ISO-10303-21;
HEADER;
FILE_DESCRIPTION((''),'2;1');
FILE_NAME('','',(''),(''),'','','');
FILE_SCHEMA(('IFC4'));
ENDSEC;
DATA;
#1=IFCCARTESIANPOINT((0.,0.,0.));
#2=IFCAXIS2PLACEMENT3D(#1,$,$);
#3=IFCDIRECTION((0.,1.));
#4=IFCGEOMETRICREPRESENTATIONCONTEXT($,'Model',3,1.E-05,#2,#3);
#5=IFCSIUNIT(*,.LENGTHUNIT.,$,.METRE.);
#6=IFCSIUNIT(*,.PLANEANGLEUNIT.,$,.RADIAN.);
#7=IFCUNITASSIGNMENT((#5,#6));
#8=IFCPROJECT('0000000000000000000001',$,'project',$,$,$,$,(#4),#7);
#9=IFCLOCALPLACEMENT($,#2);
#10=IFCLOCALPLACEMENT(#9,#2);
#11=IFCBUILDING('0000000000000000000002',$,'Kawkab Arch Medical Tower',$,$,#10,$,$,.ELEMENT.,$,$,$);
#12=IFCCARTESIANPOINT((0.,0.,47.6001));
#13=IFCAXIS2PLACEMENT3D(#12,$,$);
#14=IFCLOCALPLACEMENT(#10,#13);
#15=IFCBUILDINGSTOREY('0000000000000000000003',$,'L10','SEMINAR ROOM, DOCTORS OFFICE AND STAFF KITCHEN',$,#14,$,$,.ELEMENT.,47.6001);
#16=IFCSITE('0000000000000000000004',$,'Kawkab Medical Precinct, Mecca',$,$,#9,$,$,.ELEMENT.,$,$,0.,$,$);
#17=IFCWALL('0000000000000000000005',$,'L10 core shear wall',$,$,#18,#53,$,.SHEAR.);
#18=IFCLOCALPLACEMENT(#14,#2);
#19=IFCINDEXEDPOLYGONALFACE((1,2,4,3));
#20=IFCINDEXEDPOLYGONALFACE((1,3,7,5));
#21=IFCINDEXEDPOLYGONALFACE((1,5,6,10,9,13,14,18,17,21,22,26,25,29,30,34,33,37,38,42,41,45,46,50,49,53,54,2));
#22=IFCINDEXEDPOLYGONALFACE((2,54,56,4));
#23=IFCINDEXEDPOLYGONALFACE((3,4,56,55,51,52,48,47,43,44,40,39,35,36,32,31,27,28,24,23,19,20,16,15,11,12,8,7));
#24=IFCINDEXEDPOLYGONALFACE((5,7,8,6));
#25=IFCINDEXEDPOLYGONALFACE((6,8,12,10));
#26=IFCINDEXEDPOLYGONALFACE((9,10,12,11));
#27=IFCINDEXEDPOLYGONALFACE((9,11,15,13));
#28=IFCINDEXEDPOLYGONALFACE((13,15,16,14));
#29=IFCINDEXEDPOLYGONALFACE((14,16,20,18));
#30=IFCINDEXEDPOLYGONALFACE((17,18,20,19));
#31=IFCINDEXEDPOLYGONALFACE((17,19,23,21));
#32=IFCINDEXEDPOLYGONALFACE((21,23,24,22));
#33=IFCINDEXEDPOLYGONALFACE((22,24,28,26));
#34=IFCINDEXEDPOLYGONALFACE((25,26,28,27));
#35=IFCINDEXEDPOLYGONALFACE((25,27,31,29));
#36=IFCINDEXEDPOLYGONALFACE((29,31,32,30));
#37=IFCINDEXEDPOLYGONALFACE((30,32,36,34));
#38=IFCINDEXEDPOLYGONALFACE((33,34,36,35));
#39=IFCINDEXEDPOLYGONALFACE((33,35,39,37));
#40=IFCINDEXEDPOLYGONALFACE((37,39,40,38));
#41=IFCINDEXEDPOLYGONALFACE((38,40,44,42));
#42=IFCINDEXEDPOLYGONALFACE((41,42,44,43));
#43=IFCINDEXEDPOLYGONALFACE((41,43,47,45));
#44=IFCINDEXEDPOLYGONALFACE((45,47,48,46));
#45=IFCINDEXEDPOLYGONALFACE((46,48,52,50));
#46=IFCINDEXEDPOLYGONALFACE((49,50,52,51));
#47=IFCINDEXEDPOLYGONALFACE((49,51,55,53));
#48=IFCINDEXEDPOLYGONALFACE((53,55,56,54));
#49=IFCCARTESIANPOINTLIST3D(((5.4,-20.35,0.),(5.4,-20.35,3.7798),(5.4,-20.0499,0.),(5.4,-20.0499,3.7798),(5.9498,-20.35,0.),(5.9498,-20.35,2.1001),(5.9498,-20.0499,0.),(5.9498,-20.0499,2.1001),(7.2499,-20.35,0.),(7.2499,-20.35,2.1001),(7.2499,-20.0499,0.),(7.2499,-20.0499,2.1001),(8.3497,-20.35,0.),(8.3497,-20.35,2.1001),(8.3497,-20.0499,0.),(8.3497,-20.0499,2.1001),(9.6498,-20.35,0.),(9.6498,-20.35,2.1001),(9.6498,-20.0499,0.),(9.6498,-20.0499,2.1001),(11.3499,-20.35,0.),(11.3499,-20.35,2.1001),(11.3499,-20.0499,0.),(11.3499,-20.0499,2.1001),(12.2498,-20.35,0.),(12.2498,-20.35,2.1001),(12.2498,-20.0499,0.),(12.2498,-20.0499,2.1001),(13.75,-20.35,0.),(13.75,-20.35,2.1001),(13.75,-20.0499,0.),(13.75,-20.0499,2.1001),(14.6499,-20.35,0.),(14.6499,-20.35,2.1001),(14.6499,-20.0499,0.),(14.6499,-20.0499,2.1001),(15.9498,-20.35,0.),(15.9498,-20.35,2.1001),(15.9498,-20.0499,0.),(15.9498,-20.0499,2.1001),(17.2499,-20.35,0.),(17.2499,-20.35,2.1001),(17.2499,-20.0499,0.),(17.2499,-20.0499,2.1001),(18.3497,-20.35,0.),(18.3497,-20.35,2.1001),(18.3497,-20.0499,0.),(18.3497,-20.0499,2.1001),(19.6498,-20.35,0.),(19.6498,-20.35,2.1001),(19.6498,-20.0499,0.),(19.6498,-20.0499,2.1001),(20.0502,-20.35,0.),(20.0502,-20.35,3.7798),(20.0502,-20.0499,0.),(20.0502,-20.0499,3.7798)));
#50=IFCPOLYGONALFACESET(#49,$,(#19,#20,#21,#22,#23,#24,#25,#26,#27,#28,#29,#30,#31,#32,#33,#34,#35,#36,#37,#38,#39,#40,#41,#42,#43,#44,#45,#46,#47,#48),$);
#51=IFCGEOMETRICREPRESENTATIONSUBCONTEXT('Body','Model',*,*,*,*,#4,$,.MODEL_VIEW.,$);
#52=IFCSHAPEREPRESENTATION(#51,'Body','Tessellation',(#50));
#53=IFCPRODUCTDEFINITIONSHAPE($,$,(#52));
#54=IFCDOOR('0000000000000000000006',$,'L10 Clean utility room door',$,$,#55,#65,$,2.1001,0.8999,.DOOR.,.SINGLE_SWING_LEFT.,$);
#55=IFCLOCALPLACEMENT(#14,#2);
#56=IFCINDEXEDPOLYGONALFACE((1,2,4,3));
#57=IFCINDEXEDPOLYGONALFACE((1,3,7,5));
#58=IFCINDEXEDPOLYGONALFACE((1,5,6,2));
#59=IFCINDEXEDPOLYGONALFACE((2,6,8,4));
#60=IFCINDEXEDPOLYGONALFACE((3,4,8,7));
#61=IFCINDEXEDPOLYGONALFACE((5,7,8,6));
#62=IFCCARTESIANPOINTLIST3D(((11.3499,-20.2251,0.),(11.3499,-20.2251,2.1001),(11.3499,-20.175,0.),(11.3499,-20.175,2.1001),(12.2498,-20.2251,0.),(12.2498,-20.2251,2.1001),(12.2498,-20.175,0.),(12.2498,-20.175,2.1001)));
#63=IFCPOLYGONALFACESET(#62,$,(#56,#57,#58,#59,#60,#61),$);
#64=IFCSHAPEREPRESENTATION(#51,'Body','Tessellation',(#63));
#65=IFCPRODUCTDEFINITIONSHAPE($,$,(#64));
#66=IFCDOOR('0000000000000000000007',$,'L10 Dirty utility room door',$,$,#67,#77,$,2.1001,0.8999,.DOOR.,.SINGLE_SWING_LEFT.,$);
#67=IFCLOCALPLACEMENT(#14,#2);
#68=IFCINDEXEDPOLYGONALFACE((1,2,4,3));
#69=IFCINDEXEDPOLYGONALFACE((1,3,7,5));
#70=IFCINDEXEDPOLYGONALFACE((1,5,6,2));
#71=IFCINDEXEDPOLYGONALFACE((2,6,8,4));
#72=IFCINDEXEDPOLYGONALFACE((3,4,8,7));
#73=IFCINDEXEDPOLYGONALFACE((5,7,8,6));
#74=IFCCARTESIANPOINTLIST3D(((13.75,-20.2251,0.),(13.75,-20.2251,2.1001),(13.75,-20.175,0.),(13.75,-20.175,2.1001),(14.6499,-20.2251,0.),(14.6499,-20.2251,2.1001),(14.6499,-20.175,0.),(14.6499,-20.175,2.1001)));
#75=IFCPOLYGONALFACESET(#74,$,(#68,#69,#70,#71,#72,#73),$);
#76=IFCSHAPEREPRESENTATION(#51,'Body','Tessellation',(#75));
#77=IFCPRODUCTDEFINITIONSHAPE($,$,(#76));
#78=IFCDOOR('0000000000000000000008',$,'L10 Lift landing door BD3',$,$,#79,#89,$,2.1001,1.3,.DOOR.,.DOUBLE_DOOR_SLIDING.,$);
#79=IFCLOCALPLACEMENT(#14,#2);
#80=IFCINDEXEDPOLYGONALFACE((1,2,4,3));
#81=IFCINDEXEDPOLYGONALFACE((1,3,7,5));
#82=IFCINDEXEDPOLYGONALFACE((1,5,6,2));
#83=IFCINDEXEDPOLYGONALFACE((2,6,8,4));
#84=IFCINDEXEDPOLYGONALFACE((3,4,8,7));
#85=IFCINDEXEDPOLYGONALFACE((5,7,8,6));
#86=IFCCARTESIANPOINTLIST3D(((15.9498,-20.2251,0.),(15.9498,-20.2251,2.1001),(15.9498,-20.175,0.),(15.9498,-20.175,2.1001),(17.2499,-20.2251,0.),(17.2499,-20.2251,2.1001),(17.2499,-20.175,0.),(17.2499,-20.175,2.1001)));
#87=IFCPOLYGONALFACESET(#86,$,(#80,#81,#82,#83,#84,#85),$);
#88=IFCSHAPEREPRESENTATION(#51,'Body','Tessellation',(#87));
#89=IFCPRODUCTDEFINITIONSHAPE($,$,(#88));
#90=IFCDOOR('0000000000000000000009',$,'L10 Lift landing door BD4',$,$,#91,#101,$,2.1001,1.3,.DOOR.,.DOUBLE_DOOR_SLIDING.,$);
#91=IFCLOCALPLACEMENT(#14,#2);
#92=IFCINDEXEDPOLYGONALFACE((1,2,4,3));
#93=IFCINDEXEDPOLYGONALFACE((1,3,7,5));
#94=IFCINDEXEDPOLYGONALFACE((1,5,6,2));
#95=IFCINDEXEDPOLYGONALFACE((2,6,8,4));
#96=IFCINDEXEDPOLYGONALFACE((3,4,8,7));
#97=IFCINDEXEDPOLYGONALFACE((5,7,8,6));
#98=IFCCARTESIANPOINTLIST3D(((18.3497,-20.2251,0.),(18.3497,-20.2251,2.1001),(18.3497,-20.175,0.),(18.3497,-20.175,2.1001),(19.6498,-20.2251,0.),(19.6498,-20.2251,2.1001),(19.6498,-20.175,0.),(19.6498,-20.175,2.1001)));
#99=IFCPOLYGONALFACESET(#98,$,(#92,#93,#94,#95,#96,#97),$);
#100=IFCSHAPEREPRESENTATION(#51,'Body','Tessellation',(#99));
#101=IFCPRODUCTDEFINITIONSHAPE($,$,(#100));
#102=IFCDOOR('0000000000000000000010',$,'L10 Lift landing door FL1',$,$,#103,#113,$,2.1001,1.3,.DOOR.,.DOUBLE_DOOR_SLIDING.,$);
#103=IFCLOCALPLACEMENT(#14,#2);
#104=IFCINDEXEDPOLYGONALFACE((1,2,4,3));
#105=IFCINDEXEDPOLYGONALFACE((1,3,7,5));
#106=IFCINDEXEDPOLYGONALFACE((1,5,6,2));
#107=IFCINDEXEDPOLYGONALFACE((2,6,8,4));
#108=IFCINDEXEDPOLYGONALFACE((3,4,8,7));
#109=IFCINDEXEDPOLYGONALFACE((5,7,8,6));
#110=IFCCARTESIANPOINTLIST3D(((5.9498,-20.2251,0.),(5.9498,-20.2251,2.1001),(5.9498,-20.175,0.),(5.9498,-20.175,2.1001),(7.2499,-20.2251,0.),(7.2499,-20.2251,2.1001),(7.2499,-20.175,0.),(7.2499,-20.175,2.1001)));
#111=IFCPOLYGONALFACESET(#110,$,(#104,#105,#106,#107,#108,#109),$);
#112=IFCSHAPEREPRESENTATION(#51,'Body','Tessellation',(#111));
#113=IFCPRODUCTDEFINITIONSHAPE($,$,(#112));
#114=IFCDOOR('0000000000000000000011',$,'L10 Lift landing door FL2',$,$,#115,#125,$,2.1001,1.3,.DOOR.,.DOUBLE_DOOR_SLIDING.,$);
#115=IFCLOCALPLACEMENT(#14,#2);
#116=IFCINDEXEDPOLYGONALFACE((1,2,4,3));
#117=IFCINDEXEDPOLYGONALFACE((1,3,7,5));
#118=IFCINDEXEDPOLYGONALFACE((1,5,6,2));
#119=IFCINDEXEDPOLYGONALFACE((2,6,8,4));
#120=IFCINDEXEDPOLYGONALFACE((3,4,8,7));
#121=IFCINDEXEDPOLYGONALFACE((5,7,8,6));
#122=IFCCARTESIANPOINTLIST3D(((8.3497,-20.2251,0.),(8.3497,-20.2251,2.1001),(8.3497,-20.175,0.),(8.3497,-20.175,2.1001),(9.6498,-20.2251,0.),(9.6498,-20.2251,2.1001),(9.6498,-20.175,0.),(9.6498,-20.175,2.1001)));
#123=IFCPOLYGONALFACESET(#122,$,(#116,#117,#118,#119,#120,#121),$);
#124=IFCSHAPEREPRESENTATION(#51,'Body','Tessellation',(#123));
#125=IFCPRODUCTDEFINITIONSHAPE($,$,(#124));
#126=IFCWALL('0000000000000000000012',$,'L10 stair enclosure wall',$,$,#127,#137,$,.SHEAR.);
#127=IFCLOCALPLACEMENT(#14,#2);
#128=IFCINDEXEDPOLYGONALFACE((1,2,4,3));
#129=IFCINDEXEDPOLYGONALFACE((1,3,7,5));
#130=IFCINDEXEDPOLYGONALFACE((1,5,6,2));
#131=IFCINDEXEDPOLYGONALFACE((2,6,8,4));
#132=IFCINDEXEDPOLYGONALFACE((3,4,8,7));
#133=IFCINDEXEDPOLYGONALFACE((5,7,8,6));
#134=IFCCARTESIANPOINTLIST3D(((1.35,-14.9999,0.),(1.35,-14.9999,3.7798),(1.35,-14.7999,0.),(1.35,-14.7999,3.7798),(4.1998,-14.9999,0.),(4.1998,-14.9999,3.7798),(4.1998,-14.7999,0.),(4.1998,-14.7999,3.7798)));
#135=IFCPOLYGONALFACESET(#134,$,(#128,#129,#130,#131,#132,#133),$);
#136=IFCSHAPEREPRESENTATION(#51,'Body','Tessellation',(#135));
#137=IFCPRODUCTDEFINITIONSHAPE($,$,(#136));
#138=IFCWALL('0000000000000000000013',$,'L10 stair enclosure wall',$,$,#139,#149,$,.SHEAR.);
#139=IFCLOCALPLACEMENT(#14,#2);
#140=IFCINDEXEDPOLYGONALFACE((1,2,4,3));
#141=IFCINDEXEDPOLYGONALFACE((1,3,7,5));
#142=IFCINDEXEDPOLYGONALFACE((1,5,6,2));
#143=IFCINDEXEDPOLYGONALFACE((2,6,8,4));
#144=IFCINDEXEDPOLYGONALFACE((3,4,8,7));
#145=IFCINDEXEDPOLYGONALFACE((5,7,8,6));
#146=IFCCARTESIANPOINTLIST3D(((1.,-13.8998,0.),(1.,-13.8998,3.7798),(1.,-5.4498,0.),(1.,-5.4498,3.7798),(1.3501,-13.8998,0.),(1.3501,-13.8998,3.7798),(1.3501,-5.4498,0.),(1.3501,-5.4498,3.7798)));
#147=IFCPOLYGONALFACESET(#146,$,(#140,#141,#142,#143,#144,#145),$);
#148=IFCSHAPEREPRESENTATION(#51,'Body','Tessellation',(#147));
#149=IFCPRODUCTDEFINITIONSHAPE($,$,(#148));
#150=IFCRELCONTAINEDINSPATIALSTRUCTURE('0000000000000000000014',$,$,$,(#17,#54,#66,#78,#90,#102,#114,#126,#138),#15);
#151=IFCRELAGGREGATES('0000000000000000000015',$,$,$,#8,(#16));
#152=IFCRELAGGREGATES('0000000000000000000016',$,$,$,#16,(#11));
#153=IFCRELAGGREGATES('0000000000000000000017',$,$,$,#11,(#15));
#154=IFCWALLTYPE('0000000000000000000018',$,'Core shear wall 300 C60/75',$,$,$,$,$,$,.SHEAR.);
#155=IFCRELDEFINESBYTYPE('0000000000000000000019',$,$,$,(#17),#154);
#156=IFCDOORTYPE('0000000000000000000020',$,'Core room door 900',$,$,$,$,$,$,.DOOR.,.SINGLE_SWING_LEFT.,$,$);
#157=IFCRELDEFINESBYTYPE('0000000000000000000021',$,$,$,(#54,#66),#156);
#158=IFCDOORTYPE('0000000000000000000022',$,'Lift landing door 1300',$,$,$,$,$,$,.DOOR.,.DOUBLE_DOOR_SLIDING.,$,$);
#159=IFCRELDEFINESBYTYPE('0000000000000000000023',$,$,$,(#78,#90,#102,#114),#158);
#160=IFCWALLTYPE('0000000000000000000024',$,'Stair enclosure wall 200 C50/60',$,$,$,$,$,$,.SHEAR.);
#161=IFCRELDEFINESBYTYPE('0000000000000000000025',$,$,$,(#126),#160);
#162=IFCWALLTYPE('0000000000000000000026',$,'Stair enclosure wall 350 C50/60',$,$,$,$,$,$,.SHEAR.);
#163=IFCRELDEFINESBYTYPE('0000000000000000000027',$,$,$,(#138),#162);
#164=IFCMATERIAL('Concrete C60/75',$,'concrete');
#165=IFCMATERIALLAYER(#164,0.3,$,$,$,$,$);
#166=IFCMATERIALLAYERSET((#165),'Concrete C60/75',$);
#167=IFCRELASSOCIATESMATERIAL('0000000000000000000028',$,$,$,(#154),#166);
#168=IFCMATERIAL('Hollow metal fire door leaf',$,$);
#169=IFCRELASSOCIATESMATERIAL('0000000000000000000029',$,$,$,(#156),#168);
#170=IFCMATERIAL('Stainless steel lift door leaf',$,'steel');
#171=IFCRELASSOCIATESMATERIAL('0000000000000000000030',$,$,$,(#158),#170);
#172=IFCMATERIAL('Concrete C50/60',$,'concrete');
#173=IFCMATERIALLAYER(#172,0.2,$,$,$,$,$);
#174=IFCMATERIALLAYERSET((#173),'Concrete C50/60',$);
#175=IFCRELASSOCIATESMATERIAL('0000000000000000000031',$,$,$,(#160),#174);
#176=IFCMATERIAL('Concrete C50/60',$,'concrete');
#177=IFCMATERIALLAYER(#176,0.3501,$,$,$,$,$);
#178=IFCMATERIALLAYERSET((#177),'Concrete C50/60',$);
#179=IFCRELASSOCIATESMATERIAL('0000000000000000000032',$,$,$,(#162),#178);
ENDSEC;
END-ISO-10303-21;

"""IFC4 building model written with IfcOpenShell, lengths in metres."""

from ifc_helpers import new_model, si_unit, direction, frame, frame_2d, origin, place, context, subcontext, project, spatial, rectangle, extrude, material, layer, layer_set, type_object, element, fill, save


model = new_model("IFC4")

# Units and contexts
model_context = context("Model", 3, precision=1e-05, world=origin(), true_north=direction((0.0, 1.0)))
body_context = subcontext(model_context, "Body", "Model", "MODEL_VIEW")
ifc_project = project(units=[si_unit("LENGTHUNIT", "METRE"), si_unit("PLANEANGLEUNIT", "RADIAN")], contexts=[model_context])

# Site, building, storey
site_placement = place(None, origin())
site = spatial("IfcSite", under=ifc_project, at=site_placement, Name="Kawkab Medical Precinct, Mecca", CompositionType="ELEMENT", RefElevation=0.0)
building_placement = place(site_placement, origin())
building = spatial("IfcBuilding", under=site, at=building_placement, Name="Kawkab Arch Medical Tower", CompositionType="ELEMENT")
storey_placement = place(building_placement, frame((0.0, 0.0, 47.6001)))
storey = spatial("IfcBuildingStorey", under=building, at=storey_placement, Name="L10", Description="SEMINAR ROOM, DOCTORS OFFICE AND STAFF KITCHEN", CompositionType="ELEMENT", Elevation=47.6001)

# Shared definitions
ifc_material_1 = material(Name="Concrete C60/75", Category="concrete")
ifc_layer_1 = layer(ifc_material_1, 0.3)
ifc_layer_set_1 = layer_set([ifc_layer_1], Name="Concrete C60/75")
wall_type_1 = type_object("IfcWallType", Name="Core shear wall 300 C60/75", PredefinedType="SHEAR", material=ifc_layer_set_1)

# Wall, openings, doors
wall_1_placement = place(storey_placement, frame((5.3999, -20.2, 0.0), z_axis=(0.0, 0.0, 1.0), x_axis=(1.0, 0.0, 0.0)))
wall_1 = element("IfcWall", 1, at=wall_1_placement, inside=storey, type_object=wall_type_1, Name="L10 core shear wall", PredefinedType="SHEAR", context=body_context, shape_type="SweptSolid", body=[
    extrude(rectangle(XDim=14.6501, YDim=0.3, at=frame_2d((7.3252, 0.0))), origin(), (0.0, 0.0, 1.0), 3.7798),
])
opening_1_placement = place(wall_1_placement, frame((10.55, 0.0, 0.0)))
opening_1 = element("IfcOpeningElement", 2, at=opening_1_placement, cuts=wall_1, PredefinedType="OPENING", context=body_context, shape_type="SweptSolid", body=[
    extrude(rectangle(XDim=1.3, YDim=2.1001, at=frame_2d((0.6499, 1.05))), frame((0.0, 0.1599, 0.0), z_axis=(0.0, -1.0, 0.0), x_axis=(1.0, 0.0, 0.0)), (0.0, 0.0, 1.0), 0.3201),
])
opening_2_placement = place(wall_1_placement, frame((12.95, 0.0, 0.0)))
opening_2 = element("IfcOpeningElement", 3, at=opening_2_placement, cuts=wall_1, PredefinedType="OPENING", context=body_context, shape_type="SweptSolid", body=[
    extrude(rectangle(XDim=1.3, YDim=2.1001, at=frame_2d((0.6499, 1.05))), frame((0.0, 0.1599, 0.0), z_axis=(0.0, -1.0, 0.0), x_axis=(1.0, 0.0, 0.0)), (0.0, 0.0, 1.0), 0.3201),
])
opening_3_placement = place(wall_1_placement, frame((0.55, 0.0, 0.0)))
opening_3 = element("IfcOpeningElement", 4, at=opening_3_placement, cuts=wall_1, PredefinedType="OPENING", context=body_context, shape_type="SweptSolid", body=[
    extrude(rectangle(XDim=1.3, YDim=2.1001, at=frame_2d((0.6499, 1.05))), frame((0.0, 0.1599, 0.0), z_axis=(0.0, -1.0, 0.0), x_axis=(1.0, 0.0, 0.0)), (0.0, 0.0, 1.0), 0.3201),
])
opening_4_placement = place(wall_1_placement, frame((2.95, 0.0, 0.0)))
opening_4 = element("IfcOpeningElement", 5, at=opening_4_placement, cuts=wall_1, PredefinedType="OPENING", context=body_context, shape_type="SweptSolid", body=[
    extrude(rectangle(XDim=1.3, YDim=2.1001, at=frame_2d((0.6499, 1.05))), frame((0.0, 0.1599, 0.0), z_axis=(0.0, -1.0, 0.0), x_axis=(1.0, 0.0, 0.0)), (0.0, 0.0, 1.0), 0.3201),
])
opening_5_placement = place(wall_1_placement, frame((5.95, 0.0, 0.0)))
opening_5 = element("IfcOpeningElement", 6, at=opening_5_placement, cuts=wall_1, PredefinedType="OPENING", context=body_context, shape_type="SweptSolid", body=[
    extrude(rectangle(XDim=0.8999, YDim=2.1001, at=frame_2d((0.45, 1.05))), frame((0.0, 0.1599, 0.0), z_axis=(0.0, -1.0, 0.0), x_axis=(1.0, 0.0, 0.0)), (0.0, 0.0, 1.0), 0.3201),
])
opening_6_placement = place(wall_1_placement, frame((8.3501, 0.0, 0.0)))
opening_6 = element("IfcOpeningElement", 7, at=opening_6_placement, cuts=wall_1, PredefinedType="OPENING", context=body_context, shape_type="SweptSolid", body=[
    extrude(rectangle(XDim=0.8999, YDim=2.1001, at=frame_2d((0.45, 1.05))), frame((0.0, 0.1599, 0.0), z_axis=(0.0, -1.0, 0.0), x_axis=(1.0, 0.0, 0.0)), (0.0, 0.0, 1.0), 0.3201),
])
ifc_material_2 = material(Name="Hollow metal fire door leaf")
door_type_1 = type_object("IfcDoorType", Name="Core room door 900", OperationType="SINGLE_SWING_LEFT", PredefinedType="DOOR", material=ifc_material_2)
door_1_placement = place(opening_5_placement, origin())
door_1 = element("IfcDoor", 8, at=door_1_placement, inside=storey, type_object=door_type_1, Name="L10 Clean utility room door", OperationType="SINGLE_SWING_LEFT", OverallHeight=2.1001, OverallWidth=0.8999, PredefinedType="DOOR", context=body_context, shape_type="SweptSolid", body=[
    extrude(rectangle(XDim=0.8999, YDim=2.1001, at=frame_2d((0.45, 1.05))), frame((0.0, 0.0249, 0.0), z_axis=(0.0, -1.0, 0.0), x_axis=(1.0, 0.0, 0.0)), (0.0, 0.0, 1.0), 0.05),
])
fill(opening_5, door_1)
door_2_placement = place(opening_6_placement, origin())
door_2 = element("IfcDoor", 9, at=door_2_placement, inside=storey, type_object=door_type_1, Name="L10 Dirty utility room door", OperationType="SINGLE_SWING_LEFT", OverallHeight=2.1001, OverallWidth=0.8999, PredefinedType="DOOR", context=body_context, shape_type="SweptSolid", body=[
    extrude(rectangle(XDim=0.8999, YDim=2.1001, at=frame_2d((0.45, 1.05))), frame((0.0, 0.0249, 0.0), z_axis=(0.0, -1.0, 0.0), x_axis=(1.0, 0.0, 0.0)), (0.0, 0.0, 1.0), 0.05),
])
fill(opening_6, door_2)
ifc_material_3 = material(Name="Stainless steel lift door leaf", Category="steel")
door_type_2 = type_object("IfcDoorType", Name="Lift landing door 1300", OperationType="DOUBLE_DOOR_SLIDING", PredefinedType="DOOR", material=ifc_material_3)
door_3_placement = place(opening_1_placement, origin())
door_3 = element("IfcDoor", 10, at=door_3_placement, inside=storey, type_object=door_type_2, Name="L10 Lift landing door BD3", OperationType="DOUBLE_DOOR_SLIDING", OverallHeight=2.1001, OverallWidth=1.3, PredefinedType="DOOR", context=body_context, shape_type="SweptSolid", body=[
    extrude(rectangle(XDim=1.3, YDim=2.1001, at=frame_2d((0.6499, 1.05))), frame((0.0, 0.0249, 0.0), z_axis=(0.0, -1.0, 0.0), x_axis=(1.0, 0.0, 0.0)), (0.0, 0.0, 1.0), 0.05),
])
fill(opening_1, door_3)
door_4_placement = place(opening_2_placement, origin())
door_4 = element("IfcDoor", 11, at=door_4_placement, inside=storey, type_object=door_type_2, Name="L10 Lift landing door BD4", OperationType="DOUBLE_DOOR_SLIDING", OverallHeight=2.1001, OverallWidth=1.3, PredefinedType="DOOR", context=body_context, shape_type="SweptSolid", body=[
    extrude(rectangle(XDim=1.3, YDim=2.1001, at=frame_2d((0.6499, 1.05))), frame((0.0, 0.0249, 0.0), z_axis=(0.0, -1.0, 0.0), x_axis=(1.0, 0.0, 0.0)), (0.0, 0.0, 1.0), 0.05),
])
fill(opening_2, door_4)
door_5_placement = place(opening_3_placement, origin())
door_5 = element("IfcDoor", 12, at=door_5_placement, inside=storey, type_object=door_type_2, Name="L10 Lift landing door FL1", OperationType="DOUBLE_DOOR_SLIDING", OverallHeight=2.1001, OverallWidth=1.3, PredefinedType="DOOR", context=body_context, shape_type="SweptSolid", body=[
    extrude(rectangle(XDim=1.3, YDim=2.1001, at=frame_2d((0.6499, 1.05))), frame((0.0, 0.0249, 0.0), z_axis=(0.0, -1.0, 0.0), x_axis=(1.0, 0.0, 0.0)), (0.0, 0.0, 1.0), 0.05),
])
fill(opening_3, door_5)
door_6_placement = place(opening_4_placement, origin())
door_6 = element("IfcDoor", 13, at=door_6_placement, inside=storey, type_object=door_type_2, Name="L10 Lift landing door FL2", OperationType="DOUBLE_DOOR_SLIDING", OverallHeight=2.1001, OverallWidth=1.3, PredefinedType="DOOR", context=body_context, shape_type="SweptSolid", body=[
    extrude(rectangle(XDim=1.3, YDim=2.1001, at=frame_2d((0.6499, 1.05))), frame((0.0, 0.0249, 0.0), z_axis=(0.0, -1.0, 0.0), x_axis=(1.0, 0.0, 0.0)), (0.0, 0.0, 1.0), 0.05),
])
fill(opening_4, door_6)

# Walls
ifc_material_4 = material(Name="Concrete C50/60", Category="concrete")
ifc_layer_2 = layer(ifc_material_4, 0.2)
ifc_layer_set_2 = layer_set([ifc_layer_2], Name="Concrete C50/60")
wall_type_2 = type_object("IfcWallType", Name="Stair enclosure wall 200 C50/60", PredefinedType="SHEAR", material=ifc_layer_set_2)
wall_2_placement = place(storey_placement, frame((1.3501, -14.8999, 0.0), z_axis=(0.0, 0.0, 1.0), x_axis=(1.0, 0.0, 0.0)))
element("IfcWall", 14, at=wall_2_placement, inside=storey, type_object=wall_type_2, Name="L10 stair enclosure wall", PredefinedType="SHEAR", context=body_context, shape_type="SweptSolid", body=[
    extrude(rectangle(XDim=2.8499, YDim=0.2, at=frame_2d((1.4248, 0.0))), origin(), (0.0, 0.0, 1.0), 3.7798),
])
ifc_material_5 = material(Name="Concrete C50/60", Category="concrete")
ifc_layer_3 = layer(ifc_material_5, 0.3501)
ifc_layer_set_3 = layer_set([ifc_layer_3], Name="Concrete C50/60")
wall_type_3 = type_object("IfcWallType", Name="Stair enclosure wall 350 C50/60", PredefinedType="SHEAR", material=ifc_layer_set_3)
wall_3_placement = place(storey_placement, frame((1.175, -13.8999, 0.0), z_axis=(0.0, 0.0, 1.0), x_axis=(0.0, 1.0, 0.0)))
element("IfcWall", 15, at=wall_3_placement, inside=storey, type_object=wall_type_3, Name="L10 stair enclosure wall", PredefinedType="SHEAR", context=body_context, shape_type="SweptSolid", body=[
    extrude(rectangle(XDim=8.45, YDim=0.3501, at=frame_2d((4.2251, 0.0))), origin(), (0.0, 0.0, 1.0), 3.7798),
])

save(model, "model.ifc")
